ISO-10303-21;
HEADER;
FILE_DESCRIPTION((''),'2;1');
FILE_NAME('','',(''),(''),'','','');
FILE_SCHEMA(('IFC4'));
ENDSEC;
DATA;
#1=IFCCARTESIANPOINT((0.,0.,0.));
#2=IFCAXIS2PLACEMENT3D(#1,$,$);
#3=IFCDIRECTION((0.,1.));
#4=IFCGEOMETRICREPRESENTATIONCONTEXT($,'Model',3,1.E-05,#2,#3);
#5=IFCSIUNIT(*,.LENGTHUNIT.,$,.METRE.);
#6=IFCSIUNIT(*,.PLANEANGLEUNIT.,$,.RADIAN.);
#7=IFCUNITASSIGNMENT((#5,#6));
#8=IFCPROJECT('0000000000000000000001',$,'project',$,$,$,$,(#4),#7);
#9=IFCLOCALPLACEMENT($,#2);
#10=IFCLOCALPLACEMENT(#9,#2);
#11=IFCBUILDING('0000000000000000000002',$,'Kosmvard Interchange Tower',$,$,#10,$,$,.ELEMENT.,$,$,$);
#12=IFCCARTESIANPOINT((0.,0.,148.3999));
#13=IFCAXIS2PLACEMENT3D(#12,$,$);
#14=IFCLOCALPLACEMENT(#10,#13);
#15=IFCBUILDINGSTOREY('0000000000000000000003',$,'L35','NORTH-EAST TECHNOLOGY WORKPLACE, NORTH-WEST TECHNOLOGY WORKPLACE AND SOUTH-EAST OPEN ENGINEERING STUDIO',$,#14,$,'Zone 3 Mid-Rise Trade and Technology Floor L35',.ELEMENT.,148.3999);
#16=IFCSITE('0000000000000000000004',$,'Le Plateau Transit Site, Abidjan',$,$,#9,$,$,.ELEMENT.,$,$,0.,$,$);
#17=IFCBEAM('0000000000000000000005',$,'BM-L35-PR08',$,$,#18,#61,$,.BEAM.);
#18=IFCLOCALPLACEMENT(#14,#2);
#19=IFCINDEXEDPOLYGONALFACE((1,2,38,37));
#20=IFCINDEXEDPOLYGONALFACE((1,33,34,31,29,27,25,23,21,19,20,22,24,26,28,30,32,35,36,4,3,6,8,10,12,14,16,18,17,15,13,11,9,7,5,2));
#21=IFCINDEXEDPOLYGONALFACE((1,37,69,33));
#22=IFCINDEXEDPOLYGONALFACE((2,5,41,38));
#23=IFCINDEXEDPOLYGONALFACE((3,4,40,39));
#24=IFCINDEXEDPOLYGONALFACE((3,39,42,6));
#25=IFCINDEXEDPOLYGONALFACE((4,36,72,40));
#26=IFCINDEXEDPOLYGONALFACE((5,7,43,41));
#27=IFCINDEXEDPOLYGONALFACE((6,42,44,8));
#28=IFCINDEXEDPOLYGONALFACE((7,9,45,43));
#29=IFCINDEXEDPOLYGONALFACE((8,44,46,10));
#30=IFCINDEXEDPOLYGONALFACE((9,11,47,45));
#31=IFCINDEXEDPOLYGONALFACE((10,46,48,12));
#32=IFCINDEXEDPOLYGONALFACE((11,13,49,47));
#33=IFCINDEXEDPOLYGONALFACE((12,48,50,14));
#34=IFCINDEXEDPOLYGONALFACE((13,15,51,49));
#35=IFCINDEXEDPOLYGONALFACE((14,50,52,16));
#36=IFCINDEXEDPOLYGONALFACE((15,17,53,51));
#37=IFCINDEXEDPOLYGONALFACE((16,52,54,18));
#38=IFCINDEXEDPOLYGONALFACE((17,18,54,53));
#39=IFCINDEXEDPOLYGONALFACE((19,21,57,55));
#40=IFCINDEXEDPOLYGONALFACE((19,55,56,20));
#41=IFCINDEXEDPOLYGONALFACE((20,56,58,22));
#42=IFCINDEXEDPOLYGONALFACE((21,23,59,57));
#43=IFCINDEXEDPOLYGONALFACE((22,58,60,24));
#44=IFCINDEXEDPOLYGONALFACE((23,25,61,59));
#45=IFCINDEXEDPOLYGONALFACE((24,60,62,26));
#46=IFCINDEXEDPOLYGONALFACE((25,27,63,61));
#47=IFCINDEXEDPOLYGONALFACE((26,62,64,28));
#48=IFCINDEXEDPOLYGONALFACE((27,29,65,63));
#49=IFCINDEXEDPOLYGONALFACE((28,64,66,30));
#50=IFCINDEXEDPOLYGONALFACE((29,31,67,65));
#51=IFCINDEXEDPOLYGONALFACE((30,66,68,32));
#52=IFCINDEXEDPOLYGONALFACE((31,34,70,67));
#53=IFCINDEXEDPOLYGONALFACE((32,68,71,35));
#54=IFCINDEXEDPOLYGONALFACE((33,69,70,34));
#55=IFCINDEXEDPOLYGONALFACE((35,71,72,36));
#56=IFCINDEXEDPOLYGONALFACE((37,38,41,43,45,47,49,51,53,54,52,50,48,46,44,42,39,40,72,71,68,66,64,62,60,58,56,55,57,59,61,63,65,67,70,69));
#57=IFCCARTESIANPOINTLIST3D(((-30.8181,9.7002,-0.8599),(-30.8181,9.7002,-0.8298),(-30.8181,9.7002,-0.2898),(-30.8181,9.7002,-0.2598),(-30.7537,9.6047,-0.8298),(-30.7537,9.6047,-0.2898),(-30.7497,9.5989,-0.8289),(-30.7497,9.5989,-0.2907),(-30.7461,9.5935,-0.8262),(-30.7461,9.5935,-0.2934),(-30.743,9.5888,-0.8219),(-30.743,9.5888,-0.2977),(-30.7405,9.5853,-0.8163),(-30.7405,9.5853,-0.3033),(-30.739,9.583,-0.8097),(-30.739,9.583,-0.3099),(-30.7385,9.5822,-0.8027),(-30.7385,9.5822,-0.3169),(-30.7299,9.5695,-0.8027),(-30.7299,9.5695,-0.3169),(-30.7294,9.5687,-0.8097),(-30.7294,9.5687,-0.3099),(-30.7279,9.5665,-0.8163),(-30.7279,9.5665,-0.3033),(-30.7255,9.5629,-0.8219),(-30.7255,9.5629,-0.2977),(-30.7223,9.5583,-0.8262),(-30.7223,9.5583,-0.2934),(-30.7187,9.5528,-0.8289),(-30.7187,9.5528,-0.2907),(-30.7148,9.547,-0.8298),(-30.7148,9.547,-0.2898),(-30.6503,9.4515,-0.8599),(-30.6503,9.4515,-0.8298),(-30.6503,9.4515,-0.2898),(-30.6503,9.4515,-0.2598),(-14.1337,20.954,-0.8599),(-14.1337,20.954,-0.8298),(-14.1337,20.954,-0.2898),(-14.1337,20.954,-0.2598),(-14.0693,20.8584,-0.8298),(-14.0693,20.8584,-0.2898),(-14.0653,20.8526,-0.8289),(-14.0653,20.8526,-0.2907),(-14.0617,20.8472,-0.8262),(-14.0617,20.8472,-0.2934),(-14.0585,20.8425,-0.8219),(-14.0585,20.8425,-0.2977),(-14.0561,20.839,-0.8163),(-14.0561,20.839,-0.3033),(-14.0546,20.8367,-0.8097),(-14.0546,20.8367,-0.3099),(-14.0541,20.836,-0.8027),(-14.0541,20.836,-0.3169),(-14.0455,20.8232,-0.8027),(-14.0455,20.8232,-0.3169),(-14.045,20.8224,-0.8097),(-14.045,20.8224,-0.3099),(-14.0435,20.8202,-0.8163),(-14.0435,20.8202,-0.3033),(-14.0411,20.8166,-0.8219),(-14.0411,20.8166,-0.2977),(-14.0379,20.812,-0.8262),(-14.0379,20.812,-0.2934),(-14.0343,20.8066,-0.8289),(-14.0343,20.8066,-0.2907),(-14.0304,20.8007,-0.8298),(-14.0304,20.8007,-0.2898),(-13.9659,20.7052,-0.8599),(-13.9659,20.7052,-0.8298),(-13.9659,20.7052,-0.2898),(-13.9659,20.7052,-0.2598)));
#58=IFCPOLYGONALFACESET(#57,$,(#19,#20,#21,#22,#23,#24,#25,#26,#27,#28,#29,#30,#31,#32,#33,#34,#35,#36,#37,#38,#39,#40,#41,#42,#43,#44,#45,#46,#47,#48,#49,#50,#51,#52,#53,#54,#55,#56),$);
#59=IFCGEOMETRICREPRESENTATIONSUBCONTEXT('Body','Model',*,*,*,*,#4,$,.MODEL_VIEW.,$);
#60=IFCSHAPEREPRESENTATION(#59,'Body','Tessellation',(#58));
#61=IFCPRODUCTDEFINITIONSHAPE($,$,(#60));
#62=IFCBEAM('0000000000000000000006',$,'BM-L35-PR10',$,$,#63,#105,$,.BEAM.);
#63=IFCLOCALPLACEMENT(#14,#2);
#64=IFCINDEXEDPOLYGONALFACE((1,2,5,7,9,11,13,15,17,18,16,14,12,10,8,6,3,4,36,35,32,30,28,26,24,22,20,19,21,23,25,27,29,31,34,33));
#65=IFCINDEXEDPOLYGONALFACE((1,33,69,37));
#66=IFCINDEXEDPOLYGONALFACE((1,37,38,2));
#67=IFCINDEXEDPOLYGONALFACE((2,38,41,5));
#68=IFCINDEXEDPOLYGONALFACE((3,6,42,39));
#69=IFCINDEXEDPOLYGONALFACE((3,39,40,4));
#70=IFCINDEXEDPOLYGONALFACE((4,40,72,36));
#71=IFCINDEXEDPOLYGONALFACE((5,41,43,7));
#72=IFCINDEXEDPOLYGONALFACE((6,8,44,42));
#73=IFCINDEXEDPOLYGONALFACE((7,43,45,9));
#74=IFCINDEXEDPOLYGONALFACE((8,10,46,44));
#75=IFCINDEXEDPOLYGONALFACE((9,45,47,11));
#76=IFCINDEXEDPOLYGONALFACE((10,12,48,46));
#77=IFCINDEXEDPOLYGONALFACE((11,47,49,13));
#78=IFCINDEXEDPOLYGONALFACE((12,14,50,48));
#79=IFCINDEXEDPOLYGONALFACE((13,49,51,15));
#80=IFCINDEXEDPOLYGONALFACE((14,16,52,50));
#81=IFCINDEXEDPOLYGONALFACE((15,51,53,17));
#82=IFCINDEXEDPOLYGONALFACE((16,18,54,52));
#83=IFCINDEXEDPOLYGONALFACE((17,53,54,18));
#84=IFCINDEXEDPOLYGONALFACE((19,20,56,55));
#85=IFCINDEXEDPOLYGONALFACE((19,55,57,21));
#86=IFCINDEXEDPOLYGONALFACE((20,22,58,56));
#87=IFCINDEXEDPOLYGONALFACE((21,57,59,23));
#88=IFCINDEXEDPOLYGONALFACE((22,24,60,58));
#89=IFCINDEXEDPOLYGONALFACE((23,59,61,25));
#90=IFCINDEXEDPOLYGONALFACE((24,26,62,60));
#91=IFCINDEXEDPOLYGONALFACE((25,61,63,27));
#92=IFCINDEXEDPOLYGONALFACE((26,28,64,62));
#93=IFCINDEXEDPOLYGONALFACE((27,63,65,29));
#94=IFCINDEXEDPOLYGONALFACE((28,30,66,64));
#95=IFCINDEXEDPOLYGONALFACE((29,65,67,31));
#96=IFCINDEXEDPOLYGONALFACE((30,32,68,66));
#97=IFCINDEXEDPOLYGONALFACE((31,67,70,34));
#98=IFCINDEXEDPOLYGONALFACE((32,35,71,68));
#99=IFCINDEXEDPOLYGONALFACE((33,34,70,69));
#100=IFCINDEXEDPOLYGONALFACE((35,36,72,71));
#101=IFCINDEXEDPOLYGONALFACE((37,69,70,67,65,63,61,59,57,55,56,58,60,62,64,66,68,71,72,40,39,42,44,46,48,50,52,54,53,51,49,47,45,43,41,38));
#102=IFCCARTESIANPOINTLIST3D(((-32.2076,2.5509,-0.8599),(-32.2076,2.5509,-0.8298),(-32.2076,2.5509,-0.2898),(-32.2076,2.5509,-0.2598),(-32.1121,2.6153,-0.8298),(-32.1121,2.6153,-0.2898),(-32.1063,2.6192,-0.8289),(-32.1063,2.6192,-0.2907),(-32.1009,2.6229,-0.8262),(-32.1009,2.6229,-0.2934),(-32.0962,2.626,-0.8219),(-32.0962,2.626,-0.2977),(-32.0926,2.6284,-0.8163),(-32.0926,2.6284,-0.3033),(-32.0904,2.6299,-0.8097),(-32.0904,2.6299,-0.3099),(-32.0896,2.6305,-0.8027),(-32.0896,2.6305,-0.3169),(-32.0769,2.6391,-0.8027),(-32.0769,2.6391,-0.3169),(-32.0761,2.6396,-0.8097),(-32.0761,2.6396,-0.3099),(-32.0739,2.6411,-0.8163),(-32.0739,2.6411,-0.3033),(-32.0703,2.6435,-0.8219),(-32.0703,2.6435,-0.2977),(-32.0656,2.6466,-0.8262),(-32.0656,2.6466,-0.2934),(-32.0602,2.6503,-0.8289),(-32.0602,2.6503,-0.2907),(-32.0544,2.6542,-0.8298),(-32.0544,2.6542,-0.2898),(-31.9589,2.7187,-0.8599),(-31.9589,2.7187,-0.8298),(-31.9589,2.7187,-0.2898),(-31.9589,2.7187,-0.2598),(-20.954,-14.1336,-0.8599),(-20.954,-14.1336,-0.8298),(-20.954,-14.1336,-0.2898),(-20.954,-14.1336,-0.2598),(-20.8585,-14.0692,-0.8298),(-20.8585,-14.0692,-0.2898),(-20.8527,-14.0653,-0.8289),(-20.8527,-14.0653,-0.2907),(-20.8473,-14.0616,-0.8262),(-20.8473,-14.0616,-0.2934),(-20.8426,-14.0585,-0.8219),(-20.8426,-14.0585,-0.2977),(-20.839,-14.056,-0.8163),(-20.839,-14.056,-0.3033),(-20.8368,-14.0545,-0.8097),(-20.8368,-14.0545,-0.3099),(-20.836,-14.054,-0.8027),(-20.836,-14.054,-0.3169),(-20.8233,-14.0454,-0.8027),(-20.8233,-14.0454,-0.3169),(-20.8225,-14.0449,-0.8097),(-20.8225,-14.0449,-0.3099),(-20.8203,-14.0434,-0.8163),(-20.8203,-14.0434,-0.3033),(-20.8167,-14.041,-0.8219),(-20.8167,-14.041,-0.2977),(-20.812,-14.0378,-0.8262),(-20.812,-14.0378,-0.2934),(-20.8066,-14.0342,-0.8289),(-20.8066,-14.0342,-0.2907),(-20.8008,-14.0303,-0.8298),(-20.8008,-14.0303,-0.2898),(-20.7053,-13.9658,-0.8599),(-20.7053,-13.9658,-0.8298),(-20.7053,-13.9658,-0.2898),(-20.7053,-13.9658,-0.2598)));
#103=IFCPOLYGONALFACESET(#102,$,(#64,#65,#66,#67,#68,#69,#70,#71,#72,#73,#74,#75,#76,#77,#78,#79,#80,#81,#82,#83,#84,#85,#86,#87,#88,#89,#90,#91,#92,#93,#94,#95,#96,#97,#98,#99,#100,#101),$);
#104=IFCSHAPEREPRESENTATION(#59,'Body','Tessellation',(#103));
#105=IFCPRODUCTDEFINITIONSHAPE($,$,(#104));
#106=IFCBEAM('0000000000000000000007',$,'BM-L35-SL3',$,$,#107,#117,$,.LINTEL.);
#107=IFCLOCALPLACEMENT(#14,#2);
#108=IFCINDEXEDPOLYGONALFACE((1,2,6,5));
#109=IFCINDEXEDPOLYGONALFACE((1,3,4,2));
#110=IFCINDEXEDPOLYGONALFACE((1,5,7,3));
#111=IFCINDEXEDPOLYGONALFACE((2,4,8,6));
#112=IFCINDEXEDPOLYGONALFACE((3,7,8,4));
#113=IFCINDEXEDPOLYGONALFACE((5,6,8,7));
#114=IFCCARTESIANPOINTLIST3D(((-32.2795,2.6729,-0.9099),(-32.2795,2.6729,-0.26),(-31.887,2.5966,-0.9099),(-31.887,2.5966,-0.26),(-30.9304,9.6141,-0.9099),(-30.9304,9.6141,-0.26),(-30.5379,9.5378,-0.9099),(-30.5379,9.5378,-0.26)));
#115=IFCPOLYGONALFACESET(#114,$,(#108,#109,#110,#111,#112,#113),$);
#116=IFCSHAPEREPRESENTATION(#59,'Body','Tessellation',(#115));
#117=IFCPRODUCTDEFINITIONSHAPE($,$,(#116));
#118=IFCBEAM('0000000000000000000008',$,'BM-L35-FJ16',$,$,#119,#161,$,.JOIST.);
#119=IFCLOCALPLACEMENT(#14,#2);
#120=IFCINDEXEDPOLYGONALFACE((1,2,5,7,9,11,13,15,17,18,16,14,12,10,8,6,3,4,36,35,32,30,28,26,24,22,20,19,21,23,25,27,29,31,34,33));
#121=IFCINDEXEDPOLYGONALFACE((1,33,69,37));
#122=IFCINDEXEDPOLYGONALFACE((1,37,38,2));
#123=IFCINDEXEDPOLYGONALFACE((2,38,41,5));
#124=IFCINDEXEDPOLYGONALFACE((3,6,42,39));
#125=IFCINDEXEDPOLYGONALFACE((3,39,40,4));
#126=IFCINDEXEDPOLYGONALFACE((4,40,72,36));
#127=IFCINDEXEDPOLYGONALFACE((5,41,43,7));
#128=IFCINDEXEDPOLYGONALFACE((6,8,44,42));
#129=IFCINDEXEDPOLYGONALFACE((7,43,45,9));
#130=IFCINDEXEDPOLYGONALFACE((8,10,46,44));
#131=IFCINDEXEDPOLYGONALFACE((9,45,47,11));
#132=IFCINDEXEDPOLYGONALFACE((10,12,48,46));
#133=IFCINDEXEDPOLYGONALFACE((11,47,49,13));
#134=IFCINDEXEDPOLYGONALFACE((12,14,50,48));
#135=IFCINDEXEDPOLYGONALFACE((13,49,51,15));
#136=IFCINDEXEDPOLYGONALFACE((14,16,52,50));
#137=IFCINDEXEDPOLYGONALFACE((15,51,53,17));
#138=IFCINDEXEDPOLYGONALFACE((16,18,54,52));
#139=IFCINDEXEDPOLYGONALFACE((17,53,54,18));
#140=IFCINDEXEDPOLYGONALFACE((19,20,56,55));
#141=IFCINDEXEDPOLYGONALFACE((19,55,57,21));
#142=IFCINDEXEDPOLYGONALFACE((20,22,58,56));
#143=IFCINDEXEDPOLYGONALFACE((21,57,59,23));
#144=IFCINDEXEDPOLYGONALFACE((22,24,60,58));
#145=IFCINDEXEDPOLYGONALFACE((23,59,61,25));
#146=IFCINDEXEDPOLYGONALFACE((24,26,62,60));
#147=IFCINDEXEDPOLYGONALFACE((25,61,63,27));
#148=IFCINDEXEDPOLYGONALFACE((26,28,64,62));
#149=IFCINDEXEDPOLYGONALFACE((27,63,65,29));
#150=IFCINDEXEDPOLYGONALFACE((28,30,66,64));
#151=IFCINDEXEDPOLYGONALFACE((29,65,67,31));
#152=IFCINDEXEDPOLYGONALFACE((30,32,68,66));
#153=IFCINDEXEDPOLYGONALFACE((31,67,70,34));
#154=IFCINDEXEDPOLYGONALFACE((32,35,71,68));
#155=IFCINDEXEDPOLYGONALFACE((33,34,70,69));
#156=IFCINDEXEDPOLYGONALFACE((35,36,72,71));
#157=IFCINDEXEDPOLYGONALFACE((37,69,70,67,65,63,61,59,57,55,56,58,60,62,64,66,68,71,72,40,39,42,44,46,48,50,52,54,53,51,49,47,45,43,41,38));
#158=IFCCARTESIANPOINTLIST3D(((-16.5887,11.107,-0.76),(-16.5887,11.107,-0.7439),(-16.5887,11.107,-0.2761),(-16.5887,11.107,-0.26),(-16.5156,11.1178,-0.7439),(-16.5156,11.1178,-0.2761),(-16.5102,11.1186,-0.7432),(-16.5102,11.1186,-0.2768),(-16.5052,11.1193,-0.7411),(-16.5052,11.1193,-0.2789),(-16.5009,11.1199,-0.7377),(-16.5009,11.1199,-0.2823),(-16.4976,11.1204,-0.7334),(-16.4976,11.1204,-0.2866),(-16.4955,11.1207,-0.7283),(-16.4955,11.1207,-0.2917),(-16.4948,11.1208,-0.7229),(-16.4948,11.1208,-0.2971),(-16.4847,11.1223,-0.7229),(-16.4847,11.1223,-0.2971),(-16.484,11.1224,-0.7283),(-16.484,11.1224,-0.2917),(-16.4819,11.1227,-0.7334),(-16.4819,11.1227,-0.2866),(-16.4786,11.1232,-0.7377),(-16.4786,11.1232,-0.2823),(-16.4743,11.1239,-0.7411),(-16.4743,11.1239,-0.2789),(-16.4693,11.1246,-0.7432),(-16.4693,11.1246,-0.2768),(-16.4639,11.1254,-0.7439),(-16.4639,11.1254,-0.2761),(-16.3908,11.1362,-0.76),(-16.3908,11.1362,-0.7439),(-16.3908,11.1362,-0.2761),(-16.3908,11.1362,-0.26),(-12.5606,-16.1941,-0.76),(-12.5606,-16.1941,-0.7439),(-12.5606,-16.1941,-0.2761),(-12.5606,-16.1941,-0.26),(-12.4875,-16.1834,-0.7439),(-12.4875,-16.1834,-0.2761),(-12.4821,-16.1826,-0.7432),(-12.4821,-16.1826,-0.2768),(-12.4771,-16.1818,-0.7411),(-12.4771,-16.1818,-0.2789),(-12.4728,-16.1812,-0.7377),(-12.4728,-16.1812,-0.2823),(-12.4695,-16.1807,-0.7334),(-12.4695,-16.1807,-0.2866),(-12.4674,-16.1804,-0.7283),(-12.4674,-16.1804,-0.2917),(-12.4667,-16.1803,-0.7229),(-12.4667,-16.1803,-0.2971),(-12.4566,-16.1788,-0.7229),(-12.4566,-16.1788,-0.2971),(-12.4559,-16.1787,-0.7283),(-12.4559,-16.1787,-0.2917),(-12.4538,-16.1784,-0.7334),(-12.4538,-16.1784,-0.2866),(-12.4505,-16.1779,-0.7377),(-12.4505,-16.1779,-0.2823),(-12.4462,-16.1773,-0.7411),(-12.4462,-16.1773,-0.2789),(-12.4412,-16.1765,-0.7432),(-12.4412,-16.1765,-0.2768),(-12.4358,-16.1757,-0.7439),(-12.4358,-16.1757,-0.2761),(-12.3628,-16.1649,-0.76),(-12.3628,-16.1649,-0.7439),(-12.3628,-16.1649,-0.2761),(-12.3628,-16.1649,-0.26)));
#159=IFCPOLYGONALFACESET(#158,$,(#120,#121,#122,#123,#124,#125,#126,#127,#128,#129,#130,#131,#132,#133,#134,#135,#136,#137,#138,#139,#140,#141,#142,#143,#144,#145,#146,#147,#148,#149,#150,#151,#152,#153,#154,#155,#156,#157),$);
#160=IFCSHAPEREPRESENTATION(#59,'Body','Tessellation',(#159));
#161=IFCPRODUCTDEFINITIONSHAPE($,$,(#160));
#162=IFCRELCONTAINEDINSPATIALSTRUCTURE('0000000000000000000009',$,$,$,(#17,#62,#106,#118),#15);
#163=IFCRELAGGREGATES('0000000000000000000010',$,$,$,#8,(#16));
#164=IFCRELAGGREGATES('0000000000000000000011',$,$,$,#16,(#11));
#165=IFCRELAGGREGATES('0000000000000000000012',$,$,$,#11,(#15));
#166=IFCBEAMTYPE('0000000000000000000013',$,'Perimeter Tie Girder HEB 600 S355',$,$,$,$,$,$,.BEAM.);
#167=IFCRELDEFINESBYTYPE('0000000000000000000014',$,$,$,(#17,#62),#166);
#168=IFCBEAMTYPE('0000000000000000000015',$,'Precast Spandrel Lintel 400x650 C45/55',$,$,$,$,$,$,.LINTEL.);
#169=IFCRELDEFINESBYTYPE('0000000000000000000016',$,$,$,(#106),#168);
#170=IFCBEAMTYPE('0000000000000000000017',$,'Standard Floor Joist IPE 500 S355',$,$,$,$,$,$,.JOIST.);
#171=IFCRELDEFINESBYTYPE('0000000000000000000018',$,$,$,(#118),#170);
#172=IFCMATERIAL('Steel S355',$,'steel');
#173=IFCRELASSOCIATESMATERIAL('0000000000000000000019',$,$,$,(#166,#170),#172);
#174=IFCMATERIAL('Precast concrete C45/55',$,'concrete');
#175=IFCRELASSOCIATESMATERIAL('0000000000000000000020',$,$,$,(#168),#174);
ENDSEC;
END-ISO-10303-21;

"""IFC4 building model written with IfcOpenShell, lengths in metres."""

from ifc_helpers import new_model, si_unit, direction, frame, origin, origin_2d, place, context, subcontext, project, spatial, rectangle, i_section, extrude, source, transform, mapped, material, material_profile, profile_set, type_object, element, save


model = new_model("IFC4")

# Units and contexts
model_context = context("Model", 3, precision=1e-05, world=origin(), true_north=direction((0.0, 1.0)))
body_context = subcontext(model_context, "Body", "Model", "MODEL_VIEW")
ifc_project = project(units=[si_unit("LENGTHUNIT", "METRE"), si_unit("PLANEANGLEUNIT", "RADIAN")], contexts=[model_context])

# Site, building, storey
site_placement = place(None, origin())
site = spatial("IfcSite", under=ifc_project, at=site_placement, Name="Le Plateau Transit Site, Abidjan", CompositionType="ELEMENT", RefElevation=0.0)
building_placement = place(site_placement, origin())
building = spatial("IfcBuilding", under=site, at=building_placement, Name="Kosmvard Interchange Tower", CompositionType="ELEMENT")
storey_placement = place(building_placement, frame((0.0, 0.0, 148.3999)))
storey = spatial("IfcBuildingStorey", under=building, at=storey_placement, Name="L35", Description="NORTH-EAST TECHNOLOGY WORKPLACE, NORTH-WEST TECHNOLOGY WORKPLACE AND SOUTH-EAST OPEN ENGINEERING STUDIO", LongName="Zone 3 Mid-Rise Trade and Technology Floor L35", CompositionType="ELEMENT", Elevation=148.3999)

# Beams
ifc_material_1 = material(Name="Steel S355", Category="steel")
ifc_material_profile_1 = material_profile(ifc_material_1, i_section(OverallWidth=0.3, OverallDepth=0.6001, WebThickness=0.0154, FlangeThickness=0.03, FilletRadius=0.0271, at=origin_2d()), Name="HEB 600")
ifc_profile_set_1 = profile_set([ifc_material_profile_1], Name="Steel S355")
beam_type_1 = type_object("IfcBeamType", Name="Perimeter Tie Girder HEB 600 S355", PredefinedType="BEAM", material=ifc_profile_set_1)
shared_shape_1 = source(origin(), body_context, "Body", "SweptSolid", [
    extrude(i_section(OverallWidth=0.3, OverallDepth=0.6001, WebThickness=0.0154, FlangeThickness=0.03, FilletRadius=0.0271, at=origin_2d()), origin(), (0.0, 0.0, 1.0), 20.125),
])
for number, where, z_axis, x_axis, name in (
    (1, (-14.0498, 20.8296, -0.5598), (-0.829039, -0.559191, 0.0), (0.559191, -0.829039, 0.0), "BM-L35-PR08"),
    (2, (-32.0833, 2.6348, -0.5598), (0.559185, -0.829043, 0.0), (0.829043, 0.559185, 0.0), "BM-L35-PR10"),
):
    element("IfcBeam", number, at=place(storey_placement, frame(where, z_axis=z_axis, x_axis=x_axis)), inside=storey, type_object=beam_type_1, Name=name, PredefinedType="BEAM", context=body_context, shape_type="MappedRepresentation", body=[
        mapped(shared_shape_1, transform((0.0, 0.0, 0.0), scale=1.0)),
    ])
ifc_material_2 = material(Name="Precast concrete C45/55", Category="concrete")
ifc_material_profile_2 = material_profile(ifc_material_2, rectangle(XDim=0.3999, YDim=0.6499, at=origin_2d()), Name="SL 400x650")
ifc_profile_set_2 = profile_set([ifc_material_profile_2], Name="Precast concrete C45/55")
beam_type_2 = type_object("IfcBeamType", Name="Precast Spandrel Lintel 400x650 C45/55", PredefinedType="LINTEL", material=ifc_profile_set_2)
shared_shape_2 = source(origin(), body_context, "Body", "SweptSolid", [
    extrude(rectangle(XDim=0.3999, YDim=0.6499, at=origin_2d()), origin(), (0.0, 0.0, 1.0), 7.071),
])
beam_1_placement = place(storey_placement, frame((-30.7341, 9.5759, -0.585), z_axis=(-0.190795, -0.98163, 0.0), x_axis=(0.98163, -0.190795, 0.0)))
element("IfcBeam", 3, at=beam_1_placement, inside=storey, type_object=beam_type_2, Name="BM-L35-SL3", PredefinedType="LINTEL", context=body_context, shape_type="MappedRepresentation", body=[
    mapped(shared_shape_2, transform((0.0, 0.0, 0.0), scale=1.0)),
])
ifc_material_profile_3 = material_profile(ifc_material_1, i_section(OverallWidth=0.2, OverallDepth=0.5, WebThickness=0.0103, FlangeThickness=0.0161, FilletRadius=0.021, at=origin_2d()), Name="IPE 500")
ifc_profile_set_3 = profile_set([ifc_material_profile_3], Name="Steel S355")
beam_type_3 = type_object("IfcBeamType", Name="Standard Floor Joist IPE 500 S355", PredefinedType="JOIST", material=ifc_profile_set_3)
shared_shape_3 = source(origin(), body_context, "Body", "SweptSolid", [
    extrude(i_section(OverallWidth=0.2, OverallDepth=0.5, WebThickness=0.0103, FlangeThickness=0.0161, FilletRadius=0.021, at=origin_2d()), origin(), (0.0, 0.0, 1.0), 27.5967),
])
beam_2_placement = place(storey_placement, frame((-16.4897, 11.1216, -0.51), z_axis=(0.145963, -0.98929, 0.0), x_axis=(0.98929, 0.145963, 0.0)))
element("IfcBeam", 4, at=beam_2_placement, inside=storey, type_object=beam_type_3, Name="BM-L35-FJ16", PredefinedType="JOIST", context=body_context, shape_type="MappedRepresentation", body=[
    mapped(shared_shape_3, transform((0.0, 0.0, 0.0), scale=1.0)),
])

save(model, "model.ifc")
